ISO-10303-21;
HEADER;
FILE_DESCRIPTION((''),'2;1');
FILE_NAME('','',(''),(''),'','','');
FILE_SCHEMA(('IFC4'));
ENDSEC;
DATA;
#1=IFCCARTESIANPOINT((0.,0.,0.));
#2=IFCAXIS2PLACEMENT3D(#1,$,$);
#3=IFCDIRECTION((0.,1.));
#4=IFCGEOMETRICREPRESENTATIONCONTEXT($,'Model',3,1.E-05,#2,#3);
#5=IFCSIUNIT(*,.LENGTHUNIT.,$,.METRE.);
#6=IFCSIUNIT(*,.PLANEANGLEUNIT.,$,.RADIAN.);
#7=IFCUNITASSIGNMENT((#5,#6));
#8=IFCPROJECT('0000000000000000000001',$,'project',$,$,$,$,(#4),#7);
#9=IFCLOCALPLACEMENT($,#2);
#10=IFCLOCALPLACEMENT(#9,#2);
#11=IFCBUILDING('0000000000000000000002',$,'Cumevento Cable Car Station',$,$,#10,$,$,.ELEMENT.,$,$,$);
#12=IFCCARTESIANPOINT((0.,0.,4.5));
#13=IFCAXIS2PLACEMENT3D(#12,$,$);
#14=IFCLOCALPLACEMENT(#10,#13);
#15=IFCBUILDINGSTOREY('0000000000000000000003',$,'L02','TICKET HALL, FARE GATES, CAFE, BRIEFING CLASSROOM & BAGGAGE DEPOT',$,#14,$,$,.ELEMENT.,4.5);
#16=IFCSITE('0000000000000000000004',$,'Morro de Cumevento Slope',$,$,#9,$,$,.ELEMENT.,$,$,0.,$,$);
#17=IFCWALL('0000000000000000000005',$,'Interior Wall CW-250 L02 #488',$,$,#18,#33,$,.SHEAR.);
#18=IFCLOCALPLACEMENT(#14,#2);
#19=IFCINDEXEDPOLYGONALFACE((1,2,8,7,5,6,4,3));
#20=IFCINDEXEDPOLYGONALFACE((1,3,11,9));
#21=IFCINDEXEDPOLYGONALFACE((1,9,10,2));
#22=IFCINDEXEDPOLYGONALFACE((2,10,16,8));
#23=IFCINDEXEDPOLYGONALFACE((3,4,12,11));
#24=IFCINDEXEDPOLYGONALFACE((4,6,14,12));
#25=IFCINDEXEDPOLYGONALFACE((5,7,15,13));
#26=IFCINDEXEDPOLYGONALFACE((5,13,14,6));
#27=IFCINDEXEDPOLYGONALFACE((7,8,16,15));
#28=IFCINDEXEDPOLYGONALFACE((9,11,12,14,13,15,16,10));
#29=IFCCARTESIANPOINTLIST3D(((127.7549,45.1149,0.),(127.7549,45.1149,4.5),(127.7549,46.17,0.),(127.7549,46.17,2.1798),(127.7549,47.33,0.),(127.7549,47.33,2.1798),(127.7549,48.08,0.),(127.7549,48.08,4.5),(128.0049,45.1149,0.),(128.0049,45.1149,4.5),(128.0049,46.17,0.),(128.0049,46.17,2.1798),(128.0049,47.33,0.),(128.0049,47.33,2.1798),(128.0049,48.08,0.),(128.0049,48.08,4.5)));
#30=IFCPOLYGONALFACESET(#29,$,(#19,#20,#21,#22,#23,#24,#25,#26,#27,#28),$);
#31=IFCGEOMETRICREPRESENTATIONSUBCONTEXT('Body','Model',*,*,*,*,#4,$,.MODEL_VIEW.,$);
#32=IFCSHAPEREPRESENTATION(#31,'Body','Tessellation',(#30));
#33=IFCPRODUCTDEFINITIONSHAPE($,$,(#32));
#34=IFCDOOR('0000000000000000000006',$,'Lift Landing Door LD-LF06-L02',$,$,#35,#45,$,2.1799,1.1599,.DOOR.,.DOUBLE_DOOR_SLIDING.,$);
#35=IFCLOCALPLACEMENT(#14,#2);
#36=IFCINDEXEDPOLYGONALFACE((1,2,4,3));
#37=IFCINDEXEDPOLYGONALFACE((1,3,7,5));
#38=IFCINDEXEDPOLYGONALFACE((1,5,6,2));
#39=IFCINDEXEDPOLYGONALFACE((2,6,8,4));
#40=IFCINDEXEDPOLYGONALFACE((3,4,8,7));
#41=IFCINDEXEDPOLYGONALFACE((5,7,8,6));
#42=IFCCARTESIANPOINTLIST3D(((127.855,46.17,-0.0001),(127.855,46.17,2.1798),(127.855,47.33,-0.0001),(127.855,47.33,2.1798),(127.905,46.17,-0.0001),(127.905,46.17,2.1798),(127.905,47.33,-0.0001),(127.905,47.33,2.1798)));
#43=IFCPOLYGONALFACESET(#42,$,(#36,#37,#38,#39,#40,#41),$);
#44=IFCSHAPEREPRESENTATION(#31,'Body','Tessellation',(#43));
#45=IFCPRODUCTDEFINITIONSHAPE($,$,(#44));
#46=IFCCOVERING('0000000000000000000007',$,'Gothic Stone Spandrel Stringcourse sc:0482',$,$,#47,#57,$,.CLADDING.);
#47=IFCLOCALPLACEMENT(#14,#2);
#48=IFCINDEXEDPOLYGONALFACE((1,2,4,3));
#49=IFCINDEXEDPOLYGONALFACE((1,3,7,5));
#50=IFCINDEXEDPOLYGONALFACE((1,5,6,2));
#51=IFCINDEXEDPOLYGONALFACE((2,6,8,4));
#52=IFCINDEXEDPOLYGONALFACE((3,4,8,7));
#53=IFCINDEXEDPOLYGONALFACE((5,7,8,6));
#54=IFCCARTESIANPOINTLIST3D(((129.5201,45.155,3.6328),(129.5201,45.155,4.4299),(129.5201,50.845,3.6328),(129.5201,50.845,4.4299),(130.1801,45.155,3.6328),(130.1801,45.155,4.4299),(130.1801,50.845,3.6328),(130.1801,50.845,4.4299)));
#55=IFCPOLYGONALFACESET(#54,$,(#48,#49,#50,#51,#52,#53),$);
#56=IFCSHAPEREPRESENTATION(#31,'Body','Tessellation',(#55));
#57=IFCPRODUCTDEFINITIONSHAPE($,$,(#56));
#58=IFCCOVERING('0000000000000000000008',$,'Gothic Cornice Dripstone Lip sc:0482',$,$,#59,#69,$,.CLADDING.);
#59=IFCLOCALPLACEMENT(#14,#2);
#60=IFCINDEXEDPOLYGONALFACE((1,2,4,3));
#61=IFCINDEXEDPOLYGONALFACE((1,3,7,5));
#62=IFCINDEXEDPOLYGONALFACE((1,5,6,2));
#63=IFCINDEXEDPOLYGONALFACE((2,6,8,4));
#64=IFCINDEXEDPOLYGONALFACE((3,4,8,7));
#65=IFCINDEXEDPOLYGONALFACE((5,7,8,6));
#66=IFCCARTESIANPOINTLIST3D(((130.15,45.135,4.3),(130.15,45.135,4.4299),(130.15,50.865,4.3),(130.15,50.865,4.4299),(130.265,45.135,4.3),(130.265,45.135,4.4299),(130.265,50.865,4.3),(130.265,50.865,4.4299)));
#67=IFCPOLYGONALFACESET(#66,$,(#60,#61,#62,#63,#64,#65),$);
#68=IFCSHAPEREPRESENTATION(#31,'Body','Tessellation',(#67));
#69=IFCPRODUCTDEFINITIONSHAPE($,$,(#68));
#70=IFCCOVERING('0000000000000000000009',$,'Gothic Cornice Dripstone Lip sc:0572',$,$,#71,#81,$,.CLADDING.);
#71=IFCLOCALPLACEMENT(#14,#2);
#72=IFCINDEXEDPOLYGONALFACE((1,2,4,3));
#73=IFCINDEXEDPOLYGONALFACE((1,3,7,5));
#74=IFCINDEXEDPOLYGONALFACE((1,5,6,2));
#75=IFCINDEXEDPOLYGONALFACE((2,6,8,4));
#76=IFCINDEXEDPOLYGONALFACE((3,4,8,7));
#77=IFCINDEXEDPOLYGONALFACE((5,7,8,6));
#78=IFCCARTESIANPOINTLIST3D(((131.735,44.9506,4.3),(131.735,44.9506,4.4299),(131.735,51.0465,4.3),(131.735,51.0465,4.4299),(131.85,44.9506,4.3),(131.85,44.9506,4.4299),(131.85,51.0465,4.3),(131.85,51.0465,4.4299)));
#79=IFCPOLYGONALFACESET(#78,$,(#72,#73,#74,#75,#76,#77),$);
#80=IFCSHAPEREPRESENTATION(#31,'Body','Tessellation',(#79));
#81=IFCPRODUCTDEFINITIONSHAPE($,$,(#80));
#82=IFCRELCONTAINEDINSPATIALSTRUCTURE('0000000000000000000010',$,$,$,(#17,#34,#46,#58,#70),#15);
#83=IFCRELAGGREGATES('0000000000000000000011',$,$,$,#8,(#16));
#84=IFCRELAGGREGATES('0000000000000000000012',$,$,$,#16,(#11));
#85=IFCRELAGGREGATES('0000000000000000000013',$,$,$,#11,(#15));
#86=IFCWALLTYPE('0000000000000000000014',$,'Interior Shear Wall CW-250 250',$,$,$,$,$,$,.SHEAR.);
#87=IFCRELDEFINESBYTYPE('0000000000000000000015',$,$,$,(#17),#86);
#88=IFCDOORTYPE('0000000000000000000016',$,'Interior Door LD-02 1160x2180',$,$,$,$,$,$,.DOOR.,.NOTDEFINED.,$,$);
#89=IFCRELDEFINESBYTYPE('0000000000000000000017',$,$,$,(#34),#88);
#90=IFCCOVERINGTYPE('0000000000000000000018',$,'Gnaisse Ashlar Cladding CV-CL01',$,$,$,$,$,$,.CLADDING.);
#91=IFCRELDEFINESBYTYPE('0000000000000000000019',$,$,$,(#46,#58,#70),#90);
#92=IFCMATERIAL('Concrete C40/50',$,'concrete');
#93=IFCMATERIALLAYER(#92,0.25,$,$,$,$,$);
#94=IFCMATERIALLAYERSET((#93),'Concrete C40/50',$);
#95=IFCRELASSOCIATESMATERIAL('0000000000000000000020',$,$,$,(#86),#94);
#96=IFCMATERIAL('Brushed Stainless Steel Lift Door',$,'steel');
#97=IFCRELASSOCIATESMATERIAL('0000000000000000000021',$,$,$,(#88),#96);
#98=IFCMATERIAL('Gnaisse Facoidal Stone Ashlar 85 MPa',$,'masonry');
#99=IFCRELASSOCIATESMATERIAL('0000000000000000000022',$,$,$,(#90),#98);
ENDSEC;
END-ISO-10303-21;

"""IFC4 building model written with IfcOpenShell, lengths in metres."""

from ifc_helpers import new_model, si_unit, direction, frame, frame_2d, origin, origin_2d, place, context, subcontext, project, spatial, rectangle, extrude, material, layer, layer_set, type_object, element, fill, save


model = new_model("IFC4")

# Units and contexts
model_context = context("Model", 3, precision=1e-05, world=origin(), true_north=direction((0.0, 1.0)))
body_context = subcontext(model_context, "Body", "Model", "MODEL_VIEW")
ifc_project = project(units=[si_unit("LENGTHUNIT", "METRE"), si_unit("PLANEANGLEUNIT", "RADIAN")], contexts=[model_context])

# Site, building, storey
site_placement = place(None, origin())
site = spatial("IfcSite", under=ifc_project, at=site_placement, Name="Morro de Cumevento Slope", CompositionType="ELEMENT", RefElevation=0.0)
building_placement = place(site_placement, origin())
building = spatial("IfcBuilding", under=site, at=building_placement, Name="Cumevento Cable Car Station", CompositionType="ELEMENT")
storey_placement = place(building_placement, frame((0.0, 0.0, 4.5)))
storey = spatial("IfcBuildingStorey", under=building, at=storey_placement, Name="L02", Description="TICKET HALL, FARE GATES, CAFE, BRIEFING CLASSROOM & BAGGAGE DEPOT", CompositionType="ELEMENT", Elevation=4.5)

# Wall, opening, door
ifc_material_1 = material(Name="Concrete C40/50", Category="concrete")
ifc_layer_1 = layer(ifc_material_1, 0.25)
ifc_layer_set_1 = layer_set([ifc_layer_1], Name="Concrete C40/50")
wall_type_1 = type_object("IfcWallType", Name="Interior Shear Wall CW-250 250", PredefinedType="SHEAR", material=ifc_layer_set_1)
wall_1_placement = place(storey_placement, frame((127.8799, 45.115, 0.0), z_axis=(0.0, 0.0, 1.0), x_axis=(0.0, 1.0, 0.0)))
wall_1 = element("IfcWall", 1, at=wall_1_placement, inside=storey, type_object=wall_type_1, Name="Interior Wall CW-250 L02 #488", PredefinedType="SHEAR", context=body_context, shape_type="SweptSolid", body=[
    extrude(rectangle(XDim=2.9651, YDim=0.25, at=frame_2d((1.4824, 0.0))), origin(), (0.0, 0.0, 1.0), 4.5),
])
opening_1_placement = place(wall_1_placement, frame((1.0549, 0.0, 0.0)))
opening_1 = element("IfcOpeningElement", 2, at=opening_1_placement, cuts=wall_1, PredefinedType="OPENING", context=body_context, shape_type="SweptSolid", body=[
    extrude(rectangle(XDim=1.1599, YDim=2.1799, at=frame_2d((0.5801, 1.0898))), frame((0.0, 0.135, 0.0), z_axis=(0.0, -1.0, 0.0), x_axis=(1.0, 0.0, 0.0)), (0.0, 0.0, 1.0), 0.27),
])
ifc_material_2 = material(Name="Brushed Stainless Steel Lift Door", Category="steel")
door_type_1 = type_object("IfcDoorType", Name="Interior Door LD-02 1160x2180", OperationType="NOTDEFINED", PredefinedType="DOOR", material=ifc_material_2)
door_1_placement = place(opening_1_placement, origin())
door_1 = element("IfcDoor", 3, at=door_1_placement, inside=storey, type_object=door_type_1, Name="Lift Landing Door LD-LF06-L02", OperationType="DOUBLE_DOOR_SLIDING", OverallHeight=2.1799, OverallWidth=1.1599, PredefinedType="DOOR", context=body_context, shape_type="SweptSolid", body=[
    extrude(rectangle(XDim=1.1599, YDim=2.1799, at=frame_2d((0.5801, 1.0898))), frame((0.0, 0.0249, 0.0), z_axis=(0.0, -1.0, 0.0), x_axis=(1.0, 0.0, 0.0)), (0.0, 0.0, 1.0), 0.05),
])
fill(opening_1, door_1)

# Coverings
ifc_material_3 = material(Name="Gnaisse Facoidal Stone Ashlar 85 MPa", Category="masonry")
covering_type = type_object("IfcCoveringType", Name="Gnaisse Ashlar Cladding CV-CL01", PredefinedType="CLADDING", material=ifc_material_3)
covering_1_placement = place(storey_placement, frame((129.8501, 48.0, 3.6328), z_axis=(0.0, 0.0, 1.0), x_axis=(0.0, -1.0, 0.0)))
element("IfcCovering", 4, at=covering_1_placement, inside=storey, type_object=covering_type, Name="Gothic Stone Spandrel Stringcourse sc:0482", PredefinedType="CLADDING", context=body_context, shape_type="SweptSolid", body=[
    extrude(rectangle(XDim=5.6899, YDim=0.6599, at=origin_2d()), origin(), (0.0, 0.0, 1.0), 0.7971),
])
covering_2_placement = place(storey_placement, frame((130.2075, 48.0, 4.3), z_axis=(0.0, 0.0, 1.0), x_axis=(0.0, -1.0, 0.0)))
element("IfcCovering", 5, at=covering_2_placement, inside=storey, type_object=covering_type, Name="Gothic Cornice Dripstone Lip sc:0482", PredefinedType="CLADDING", context=body_context, shape_type="SweptSolid", body=[
    extrude(rectangle(XDim=5.73, YDim=0.115, at=origin_2d()), origin(), (0.0, 0.0, 1.0), 0.1299),
])
covering_3_placement = place(storey_placement, frame((131.7925, 47.9985, 4.3), z_axis=(0.0, 0.0, 1.0), x_axis=(0.0, 1.0, 0.0)))
element("IfcCovering", 6, at=covering_3_placement, inside=storey, type_object=covering_type, Name="Gothic Cornice Dripstone Lip sc:0572", PredefinedType="CLADDING", context=body_context, shape_type="SweptSolid", body=[
    extrude(rectangle(XDim=6.0959, YDim=0.115, at=origin_2d()), origin(), (0.0, 0.0, 1.0), 0.1299),
])

save(model, "model.ifc")
